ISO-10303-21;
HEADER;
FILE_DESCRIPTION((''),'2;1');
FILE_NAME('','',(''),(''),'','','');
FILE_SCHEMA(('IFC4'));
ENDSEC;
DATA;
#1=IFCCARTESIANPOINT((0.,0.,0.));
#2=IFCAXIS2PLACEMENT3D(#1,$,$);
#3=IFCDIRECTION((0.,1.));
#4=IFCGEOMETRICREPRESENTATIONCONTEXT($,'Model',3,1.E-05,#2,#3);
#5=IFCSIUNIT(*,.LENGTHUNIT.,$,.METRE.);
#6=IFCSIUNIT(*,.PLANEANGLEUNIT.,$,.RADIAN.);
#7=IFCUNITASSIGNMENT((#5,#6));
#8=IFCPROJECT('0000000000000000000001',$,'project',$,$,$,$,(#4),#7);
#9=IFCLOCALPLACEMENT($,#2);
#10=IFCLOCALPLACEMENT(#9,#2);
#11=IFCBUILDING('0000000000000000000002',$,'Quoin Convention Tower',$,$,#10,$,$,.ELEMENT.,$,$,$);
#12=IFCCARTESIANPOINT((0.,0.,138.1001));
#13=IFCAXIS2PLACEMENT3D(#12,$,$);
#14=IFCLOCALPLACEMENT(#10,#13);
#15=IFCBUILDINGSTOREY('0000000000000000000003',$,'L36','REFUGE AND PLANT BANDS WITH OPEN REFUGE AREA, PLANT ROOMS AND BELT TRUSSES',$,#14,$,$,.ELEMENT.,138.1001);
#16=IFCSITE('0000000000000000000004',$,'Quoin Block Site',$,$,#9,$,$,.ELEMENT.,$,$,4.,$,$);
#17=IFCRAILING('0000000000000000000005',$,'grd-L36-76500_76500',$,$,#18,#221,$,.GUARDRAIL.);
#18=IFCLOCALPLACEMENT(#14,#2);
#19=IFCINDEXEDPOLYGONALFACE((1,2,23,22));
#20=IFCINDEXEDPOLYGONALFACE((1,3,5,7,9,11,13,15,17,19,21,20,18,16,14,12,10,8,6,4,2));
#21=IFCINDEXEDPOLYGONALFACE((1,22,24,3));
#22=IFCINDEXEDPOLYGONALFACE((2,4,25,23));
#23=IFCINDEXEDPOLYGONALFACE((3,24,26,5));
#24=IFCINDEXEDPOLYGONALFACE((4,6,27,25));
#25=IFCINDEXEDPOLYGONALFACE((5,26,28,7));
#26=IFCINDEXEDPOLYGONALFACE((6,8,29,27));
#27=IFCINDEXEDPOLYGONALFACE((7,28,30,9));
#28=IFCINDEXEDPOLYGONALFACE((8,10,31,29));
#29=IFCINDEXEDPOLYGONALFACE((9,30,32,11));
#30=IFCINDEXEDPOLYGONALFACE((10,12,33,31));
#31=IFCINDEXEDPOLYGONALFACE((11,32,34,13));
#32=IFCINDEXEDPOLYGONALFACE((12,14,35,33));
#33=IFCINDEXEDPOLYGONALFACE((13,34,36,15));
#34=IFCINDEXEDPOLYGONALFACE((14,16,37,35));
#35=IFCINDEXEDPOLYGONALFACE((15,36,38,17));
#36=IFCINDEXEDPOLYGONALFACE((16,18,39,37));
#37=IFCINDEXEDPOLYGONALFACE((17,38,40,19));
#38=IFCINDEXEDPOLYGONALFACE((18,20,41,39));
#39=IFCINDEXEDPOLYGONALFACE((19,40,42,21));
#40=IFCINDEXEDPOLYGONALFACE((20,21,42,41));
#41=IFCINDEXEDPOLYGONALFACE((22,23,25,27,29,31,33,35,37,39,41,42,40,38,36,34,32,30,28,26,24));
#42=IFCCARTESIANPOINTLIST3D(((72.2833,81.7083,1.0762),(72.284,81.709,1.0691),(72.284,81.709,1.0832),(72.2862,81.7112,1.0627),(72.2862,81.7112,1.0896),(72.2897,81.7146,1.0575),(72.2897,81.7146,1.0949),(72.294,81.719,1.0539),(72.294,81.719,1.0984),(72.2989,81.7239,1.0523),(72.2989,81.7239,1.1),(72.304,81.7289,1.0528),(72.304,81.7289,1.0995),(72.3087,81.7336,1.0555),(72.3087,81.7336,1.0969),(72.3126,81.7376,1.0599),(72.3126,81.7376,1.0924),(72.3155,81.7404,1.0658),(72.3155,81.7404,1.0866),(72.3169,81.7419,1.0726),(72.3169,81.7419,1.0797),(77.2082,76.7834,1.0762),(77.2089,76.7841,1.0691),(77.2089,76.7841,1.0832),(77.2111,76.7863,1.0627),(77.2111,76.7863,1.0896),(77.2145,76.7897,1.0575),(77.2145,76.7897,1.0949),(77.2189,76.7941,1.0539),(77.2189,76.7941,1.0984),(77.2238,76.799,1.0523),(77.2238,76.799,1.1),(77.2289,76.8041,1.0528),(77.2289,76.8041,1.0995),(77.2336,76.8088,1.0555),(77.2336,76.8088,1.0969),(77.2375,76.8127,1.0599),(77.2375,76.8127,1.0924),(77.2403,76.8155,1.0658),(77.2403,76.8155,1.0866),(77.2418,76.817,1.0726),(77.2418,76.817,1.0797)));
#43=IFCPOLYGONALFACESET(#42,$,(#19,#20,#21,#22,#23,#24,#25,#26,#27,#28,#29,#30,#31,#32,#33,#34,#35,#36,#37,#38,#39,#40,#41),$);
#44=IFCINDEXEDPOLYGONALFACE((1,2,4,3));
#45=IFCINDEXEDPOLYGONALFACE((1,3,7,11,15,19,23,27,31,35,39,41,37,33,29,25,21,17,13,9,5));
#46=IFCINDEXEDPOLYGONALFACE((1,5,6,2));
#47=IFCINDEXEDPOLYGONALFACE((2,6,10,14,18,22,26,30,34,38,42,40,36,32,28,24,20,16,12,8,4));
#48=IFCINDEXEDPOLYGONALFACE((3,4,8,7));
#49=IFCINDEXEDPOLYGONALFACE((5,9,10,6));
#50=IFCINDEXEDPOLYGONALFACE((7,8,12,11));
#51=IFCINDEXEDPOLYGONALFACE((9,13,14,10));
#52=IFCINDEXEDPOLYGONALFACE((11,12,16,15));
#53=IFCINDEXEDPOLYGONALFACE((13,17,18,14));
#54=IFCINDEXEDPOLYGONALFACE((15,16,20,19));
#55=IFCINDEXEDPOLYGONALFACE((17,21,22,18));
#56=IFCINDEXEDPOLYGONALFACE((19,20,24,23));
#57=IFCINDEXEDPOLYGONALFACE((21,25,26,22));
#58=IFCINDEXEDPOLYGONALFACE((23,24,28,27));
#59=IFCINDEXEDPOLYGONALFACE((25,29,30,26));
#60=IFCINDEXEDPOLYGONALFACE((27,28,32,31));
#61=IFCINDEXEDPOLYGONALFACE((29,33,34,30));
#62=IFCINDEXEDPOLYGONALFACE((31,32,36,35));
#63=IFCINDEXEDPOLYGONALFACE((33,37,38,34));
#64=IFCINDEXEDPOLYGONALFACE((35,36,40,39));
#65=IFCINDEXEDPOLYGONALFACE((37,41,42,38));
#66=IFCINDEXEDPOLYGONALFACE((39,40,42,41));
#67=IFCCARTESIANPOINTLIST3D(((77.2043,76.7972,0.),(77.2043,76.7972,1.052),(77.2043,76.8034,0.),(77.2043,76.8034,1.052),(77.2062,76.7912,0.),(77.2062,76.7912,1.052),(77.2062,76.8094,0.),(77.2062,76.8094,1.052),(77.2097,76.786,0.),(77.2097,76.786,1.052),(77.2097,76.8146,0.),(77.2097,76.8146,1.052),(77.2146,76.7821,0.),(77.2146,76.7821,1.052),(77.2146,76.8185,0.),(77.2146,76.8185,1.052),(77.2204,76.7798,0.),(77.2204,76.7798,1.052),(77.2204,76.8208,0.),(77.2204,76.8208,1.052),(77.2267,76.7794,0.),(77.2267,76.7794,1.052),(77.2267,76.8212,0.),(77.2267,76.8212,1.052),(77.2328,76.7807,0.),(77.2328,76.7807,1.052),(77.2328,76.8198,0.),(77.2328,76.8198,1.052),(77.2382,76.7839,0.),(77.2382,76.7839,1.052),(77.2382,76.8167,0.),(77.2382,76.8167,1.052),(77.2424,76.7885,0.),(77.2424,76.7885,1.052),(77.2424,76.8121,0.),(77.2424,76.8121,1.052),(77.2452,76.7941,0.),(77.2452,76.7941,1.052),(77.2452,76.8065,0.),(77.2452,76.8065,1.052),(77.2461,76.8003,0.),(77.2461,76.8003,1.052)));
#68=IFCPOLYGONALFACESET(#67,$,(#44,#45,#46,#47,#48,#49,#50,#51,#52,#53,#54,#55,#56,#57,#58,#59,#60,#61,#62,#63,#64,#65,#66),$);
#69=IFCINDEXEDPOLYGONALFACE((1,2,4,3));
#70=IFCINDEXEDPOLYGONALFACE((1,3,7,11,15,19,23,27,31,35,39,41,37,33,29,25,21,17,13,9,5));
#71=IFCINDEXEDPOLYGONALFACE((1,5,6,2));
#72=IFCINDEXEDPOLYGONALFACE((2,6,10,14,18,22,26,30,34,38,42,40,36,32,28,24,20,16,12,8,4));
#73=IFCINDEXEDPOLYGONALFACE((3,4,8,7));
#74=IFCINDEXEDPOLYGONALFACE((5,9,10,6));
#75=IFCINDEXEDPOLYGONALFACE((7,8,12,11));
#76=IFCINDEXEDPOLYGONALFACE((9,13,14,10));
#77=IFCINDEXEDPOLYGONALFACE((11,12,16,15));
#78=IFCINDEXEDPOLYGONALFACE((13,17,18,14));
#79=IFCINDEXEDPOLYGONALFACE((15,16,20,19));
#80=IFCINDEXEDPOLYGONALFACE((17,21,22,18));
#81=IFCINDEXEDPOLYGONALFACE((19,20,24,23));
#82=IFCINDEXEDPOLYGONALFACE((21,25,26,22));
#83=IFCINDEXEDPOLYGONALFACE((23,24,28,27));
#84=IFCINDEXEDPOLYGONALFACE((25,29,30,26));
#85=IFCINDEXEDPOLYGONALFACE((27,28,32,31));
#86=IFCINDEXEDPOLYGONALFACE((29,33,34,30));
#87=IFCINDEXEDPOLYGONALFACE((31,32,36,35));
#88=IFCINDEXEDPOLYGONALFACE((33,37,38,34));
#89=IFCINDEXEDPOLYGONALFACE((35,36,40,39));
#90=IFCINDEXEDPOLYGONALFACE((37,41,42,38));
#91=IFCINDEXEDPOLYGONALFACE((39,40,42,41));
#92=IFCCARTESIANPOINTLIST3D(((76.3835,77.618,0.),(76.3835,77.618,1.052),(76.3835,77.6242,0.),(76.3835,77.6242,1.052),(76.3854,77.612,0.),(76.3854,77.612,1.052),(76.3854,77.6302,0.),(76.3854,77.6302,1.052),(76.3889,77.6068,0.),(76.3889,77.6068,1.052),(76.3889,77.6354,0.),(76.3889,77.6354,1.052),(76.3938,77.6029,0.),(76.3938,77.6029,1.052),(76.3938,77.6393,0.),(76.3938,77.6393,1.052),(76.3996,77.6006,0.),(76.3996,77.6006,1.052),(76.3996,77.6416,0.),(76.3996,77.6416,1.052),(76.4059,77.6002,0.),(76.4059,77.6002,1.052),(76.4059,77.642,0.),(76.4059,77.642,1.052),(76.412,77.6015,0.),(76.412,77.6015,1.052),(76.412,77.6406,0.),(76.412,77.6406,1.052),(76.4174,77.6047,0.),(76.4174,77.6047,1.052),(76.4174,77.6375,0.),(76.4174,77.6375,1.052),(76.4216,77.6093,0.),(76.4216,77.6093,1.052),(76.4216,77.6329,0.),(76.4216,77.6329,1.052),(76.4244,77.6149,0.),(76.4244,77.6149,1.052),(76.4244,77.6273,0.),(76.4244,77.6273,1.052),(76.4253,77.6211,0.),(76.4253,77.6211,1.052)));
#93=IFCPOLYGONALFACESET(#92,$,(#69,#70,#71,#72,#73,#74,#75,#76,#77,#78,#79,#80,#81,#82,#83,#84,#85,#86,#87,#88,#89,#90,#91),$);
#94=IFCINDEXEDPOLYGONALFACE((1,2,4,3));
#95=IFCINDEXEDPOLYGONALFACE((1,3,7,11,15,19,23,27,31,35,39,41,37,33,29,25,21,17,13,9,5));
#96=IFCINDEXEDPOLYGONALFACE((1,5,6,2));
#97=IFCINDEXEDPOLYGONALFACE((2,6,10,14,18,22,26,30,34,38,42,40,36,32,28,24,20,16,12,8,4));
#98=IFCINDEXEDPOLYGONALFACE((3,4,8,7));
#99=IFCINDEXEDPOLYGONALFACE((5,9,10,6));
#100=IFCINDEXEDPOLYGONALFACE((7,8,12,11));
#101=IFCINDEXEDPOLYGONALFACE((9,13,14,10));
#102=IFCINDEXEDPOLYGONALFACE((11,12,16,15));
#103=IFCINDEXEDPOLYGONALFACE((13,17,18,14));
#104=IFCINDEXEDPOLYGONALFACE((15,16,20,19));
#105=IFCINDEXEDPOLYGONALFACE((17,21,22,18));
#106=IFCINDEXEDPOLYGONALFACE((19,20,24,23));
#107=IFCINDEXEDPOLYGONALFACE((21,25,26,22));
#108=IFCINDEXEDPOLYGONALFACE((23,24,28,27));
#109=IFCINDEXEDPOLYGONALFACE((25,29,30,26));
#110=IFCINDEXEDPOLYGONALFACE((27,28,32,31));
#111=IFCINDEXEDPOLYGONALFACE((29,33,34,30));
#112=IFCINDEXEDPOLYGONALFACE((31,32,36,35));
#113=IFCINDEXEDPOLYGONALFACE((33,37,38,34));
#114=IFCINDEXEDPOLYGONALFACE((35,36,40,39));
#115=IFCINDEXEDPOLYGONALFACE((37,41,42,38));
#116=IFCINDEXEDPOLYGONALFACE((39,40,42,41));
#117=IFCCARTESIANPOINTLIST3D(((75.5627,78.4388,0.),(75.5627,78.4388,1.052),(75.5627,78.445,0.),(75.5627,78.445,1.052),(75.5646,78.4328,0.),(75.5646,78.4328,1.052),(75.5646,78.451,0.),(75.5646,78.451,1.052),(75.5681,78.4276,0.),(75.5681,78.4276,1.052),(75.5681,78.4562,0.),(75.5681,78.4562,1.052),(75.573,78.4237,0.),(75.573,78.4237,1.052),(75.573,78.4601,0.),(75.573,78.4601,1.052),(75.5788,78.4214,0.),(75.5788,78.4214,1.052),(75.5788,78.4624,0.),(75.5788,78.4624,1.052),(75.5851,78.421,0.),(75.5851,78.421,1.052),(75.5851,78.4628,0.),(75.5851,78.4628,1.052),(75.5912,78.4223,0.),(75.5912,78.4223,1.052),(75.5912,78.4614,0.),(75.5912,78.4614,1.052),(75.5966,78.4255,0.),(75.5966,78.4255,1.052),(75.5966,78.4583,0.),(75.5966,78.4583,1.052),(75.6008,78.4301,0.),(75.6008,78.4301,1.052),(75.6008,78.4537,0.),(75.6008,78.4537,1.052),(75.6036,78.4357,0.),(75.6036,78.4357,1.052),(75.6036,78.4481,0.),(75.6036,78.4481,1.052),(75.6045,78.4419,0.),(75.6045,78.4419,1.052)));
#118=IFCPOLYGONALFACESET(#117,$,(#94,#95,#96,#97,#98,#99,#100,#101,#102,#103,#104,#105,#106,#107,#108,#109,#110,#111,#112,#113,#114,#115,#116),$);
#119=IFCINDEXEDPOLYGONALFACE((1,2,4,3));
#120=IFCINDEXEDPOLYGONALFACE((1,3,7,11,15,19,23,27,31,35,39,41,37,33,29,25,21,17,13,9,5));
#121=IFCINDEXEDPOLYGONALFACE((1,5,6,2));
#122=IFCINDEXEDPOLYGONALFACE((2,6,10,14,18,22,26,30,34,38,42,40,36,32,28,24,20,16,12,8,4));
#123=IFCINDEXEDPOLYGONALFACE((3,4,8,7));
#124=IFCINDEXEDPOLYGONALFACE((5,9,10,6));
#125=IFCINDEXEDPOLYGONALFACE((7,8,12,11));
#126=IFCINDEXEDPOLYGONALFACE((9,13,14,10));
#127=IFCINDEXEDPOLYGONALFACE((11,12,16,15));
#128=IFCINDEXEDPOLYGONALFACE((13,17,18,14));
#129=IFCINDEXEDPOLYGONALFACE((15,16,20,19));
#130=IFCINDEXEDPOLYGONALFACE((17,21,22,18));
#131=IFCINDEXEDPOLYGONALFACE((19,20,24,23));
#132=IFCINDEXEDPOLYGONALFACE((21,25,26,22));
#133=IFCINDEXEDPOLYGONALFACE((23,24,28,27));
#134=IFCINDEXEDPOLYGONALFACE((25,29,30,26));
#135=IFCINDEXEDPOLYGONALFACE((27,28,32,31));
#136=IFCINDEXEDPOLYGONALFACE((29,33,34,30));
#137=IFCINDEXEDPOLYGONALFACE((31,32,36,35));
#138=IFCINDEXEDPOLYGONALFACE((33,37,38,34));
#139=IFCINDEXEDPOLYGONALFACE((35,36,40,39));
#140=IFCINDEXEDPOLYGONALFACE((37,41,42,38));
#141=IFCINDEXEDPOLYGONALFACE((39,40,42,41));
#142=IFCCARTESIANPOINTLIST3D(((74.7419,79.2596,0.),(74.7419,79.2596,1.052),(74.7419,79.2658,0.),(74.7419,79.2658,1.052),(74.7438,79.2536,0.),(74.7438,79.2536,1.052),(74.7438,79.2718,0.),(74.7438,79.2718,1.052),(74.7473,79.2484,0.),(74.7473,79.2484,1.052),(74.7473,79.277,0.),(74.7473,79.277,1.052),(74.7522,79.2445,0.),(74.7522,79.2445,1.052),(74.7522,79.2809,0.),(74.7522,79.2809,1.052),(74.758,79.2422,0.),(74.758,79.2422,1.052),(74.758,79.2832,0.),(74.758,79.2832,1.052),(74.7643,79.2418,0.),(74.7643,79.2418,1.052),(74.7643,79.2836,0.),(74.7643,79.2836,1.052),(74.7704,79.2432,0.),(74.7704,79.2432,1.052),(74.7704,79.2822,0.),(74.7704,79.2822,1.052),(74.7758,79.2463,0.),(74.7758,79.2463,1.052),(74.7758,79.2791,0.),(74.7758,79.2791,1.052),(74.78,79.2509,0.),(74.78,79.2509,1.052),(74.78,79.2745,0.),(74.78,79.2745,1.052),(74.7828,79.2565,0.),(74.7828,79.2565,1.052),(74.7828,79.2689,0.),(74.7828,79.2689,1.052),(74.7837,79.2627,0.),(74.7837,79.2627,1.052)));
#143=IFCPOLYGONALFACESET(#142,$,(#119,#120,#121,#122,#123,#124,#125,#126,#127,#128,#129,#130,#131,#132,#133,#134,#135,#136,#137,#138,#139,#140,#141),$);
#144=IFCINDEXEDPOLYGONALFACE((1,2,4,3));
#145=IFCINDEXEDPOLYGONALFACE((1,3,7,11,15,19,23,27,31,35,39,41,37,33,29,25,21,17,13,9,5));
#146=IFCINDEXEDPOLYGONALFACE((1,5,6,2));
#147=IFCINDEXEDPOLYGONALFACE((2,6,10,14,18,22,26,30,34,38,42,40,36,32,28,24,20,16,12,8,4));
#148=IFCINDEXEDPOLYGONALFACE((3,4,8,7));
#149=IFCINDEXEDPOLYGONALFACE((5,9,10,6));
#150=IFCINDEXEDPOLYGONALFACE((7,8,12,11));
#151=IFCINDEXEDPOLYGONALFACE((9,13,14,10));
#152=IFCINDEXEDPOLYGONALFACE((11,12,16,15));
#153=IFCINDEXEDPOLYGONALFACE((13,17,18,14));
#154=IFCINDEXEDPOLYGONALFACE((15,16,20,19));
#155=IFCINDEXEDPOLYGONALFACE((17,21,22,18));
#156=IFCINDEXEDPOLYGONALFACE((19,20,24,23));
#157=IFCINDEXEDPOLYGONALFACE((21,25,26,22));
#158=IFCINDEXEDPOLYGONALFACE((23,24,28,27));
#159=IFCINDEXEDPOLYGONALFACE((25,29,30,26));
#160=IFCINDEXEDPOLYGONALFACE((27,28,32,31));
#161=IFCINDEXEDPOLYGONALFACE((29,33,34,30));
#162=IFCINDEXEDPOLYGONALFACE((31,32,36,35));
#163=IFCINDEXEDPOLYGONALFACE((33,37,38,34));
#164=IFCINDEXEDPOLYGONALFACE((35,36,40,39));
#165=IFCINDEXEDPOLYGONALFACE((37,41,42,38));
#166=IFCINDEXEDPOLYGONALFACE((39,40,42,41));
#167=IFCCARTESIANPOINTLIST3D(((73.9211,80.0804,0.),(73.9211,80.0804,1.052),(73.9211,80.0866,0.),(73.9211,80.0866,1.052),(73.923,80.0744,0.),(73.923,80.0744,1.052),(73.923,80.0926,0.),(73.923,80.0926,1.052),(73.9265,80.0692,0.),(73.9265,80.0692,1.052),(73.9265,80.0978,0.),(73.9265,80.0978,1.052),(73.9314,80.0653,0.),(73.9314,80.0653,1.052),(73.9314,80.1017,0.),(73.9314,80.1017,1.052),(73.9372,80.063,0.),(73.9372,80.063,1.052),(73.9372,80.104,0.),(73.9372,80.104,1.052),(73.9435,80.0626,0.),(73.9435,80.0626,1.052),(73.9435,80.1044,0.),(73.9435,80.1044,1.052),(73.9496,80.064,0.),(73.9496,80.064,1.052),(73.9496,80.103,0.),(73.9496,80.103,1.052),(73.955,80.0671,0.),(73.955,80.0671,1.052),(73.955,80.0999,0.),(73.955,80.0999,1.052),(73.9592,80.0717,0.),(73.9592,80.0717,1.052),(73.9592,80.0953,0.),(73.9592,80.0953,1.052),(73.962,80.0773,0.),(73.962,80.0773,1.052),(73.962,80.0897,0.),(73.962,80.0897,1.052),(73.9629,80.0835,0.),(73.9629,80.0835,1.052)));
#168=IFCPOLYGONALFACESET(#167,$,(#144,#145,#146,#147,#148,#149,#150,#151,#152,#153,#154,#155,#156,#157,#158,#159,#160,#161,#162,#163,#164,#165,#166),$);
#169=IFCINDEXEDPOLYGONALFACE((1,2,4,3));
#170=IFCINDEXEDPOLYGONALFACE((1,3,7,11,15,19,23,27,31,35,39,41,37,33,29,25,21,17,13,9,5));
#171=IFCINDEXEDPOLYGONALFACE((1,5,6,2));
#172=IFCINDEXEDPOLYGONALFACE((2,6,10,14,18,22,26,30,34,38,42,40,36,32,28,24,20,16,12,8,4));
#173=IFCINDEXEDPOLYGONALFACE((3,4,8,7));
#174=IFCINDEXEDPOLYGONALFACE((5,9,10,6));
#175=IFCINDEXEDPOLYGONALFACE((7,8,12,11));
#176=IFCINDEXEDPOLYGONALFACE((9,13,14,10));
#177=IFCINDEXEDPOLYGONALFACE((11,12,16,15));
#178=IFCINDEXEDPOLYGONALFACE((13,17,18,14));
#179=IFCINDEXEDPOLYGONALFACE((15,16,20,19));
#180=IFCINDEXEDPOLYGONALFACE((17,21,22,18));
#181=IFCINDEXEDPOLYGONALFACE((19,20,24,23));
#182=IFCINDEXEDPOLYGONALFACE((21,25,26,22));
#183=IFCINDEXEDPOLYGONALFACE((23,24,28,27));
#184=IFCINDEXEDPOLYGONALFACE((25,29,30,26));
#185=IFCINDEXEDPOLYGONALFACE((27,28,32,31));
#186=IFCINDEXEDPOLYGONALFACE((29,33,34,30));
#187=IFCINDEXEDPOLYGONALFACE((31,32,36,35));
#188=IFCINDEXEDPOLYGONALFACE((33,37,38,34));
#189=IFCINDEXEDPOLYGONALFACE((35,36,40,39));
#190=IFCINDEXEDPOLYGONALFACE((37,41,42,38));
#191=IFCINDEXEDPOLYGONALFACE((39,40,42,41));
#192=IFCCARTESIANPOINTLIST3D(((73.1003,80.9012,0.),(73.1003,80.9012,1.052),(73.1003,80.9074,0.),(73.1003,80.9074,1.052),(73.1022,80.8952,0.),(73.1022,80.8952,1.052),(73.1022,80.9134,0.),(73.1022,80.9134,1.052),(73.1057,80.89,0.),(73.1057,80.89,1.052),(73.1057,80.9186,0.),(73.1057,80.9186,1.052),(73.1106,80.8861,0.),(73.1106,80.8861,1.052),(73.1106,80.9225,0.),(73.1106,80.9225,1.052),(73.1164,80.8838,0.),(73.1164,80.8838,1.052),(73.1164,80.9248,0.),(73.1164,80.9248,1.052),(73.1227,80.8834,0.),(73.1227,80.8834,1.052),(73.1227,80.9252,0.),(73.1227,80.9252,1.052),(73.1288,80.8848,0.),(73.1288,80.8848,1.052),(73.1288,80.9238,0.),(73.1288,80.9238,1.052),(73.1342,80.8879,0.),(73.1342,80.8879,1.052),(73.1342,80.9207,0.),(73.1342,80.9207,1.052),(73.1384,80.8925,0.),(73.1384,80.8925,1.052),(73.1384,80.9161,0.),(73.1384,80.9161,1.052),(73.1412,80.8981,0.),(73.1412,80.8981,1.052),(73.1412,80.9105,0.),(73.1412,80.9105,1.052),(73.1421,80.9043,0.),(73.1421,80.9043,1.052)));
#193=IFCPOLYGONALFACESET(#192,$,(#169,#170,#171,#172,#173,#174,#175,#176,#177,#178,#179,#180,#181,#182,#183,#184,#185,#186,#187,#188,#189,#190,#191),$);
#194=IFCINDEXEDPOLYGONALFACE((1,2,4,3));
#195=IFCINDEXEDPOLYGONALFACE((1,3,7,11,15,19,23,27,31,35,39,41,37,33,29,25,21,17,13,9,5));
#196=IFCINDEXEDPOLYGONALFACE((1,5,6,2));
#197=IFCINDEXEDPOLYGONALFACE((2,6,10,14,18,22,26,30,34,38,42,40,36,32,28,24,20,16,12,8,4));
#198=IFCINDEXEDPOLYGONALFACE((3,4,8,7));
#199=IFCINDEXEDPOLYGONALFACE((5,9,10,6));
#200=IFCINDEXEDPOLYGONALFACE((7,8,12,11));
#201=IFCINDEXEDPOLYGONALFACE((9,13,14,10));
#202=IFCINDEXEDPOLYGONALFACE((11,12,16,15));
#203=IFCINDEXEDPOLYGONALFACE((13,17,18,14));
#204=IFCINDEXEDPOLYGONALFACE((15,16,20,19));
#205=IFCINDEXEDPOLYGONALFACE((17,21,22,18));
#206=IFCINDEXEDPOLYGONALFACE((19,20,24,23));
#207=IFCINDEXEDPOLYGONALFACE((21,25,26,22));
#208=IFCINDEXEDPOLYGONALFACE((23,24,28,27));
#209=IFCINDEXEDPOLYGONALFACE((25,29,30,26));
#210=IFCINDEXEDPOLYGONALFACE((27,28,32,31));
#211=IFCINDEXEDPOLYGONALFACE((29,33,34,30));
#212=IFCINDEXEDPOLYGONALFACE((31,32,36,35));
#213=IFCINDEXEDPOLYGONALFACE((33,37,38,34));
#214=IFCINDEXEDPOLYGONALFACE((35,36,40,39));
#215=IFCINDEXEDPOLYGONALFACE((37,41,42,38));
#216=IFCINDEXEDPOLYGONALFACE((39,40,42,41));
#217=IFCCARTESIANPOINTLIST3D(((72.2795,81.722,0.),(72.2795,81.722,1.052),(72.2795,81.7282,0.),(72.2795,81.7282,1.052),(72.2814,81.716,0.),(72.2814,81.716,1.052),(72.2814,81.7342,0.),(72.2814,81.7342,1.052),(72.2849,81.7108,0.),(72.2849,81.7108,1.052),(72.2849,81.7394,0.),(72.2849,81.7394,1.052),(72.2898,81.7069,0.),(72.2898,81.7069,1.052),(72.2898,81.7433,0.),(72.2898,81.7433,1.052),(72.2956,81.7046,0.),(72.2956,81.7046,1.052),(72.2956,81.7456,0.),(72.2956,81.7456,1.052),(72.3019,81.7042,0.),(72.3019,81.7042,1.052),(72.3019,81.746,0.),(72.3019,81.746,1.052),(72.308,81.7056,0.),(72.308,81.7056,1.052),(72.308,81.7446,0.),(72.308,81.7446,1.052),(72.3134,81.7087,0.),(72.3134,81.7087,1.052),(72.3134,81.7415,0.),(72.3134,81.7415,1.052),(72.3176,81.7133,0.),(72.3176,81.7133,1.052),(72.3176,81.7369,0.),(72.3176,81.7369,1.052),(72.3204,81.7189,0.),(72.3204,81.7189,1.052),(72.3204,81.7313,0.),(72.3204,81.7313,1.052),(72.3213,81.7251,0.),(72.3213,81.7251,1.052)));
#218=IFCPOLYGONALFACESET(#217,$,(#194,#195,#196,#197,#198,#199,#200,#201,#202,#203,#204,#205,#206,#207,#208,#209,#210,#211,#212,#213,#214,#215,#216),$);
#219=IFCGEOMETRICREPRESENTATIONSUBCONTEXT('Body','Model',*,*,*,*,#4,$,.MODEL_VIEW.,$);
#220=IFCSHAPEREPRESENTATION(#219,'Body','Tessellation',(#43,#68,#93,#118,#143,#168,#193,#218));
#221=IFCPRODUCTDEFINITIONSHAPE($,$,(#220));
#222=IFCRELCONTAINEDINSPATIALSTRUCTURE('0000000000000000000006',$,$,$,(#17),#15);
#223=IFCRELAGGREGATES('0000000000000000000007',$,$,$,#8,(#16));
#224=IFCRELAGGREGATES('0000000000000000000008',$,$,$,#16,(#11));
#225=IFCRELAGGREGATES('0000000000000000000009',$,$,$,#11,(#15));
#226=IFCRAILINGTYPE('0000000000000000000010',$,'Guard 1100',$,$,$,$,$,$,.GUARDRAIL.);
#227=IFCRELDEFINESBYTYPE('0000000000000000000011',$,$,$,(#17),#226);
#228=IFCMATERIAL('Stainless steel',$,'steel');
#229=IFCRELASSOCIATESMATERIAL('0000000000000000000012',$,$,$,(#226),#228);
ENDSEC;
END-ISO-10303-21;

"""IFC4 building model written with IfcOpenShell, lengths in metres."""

from ifc_helpers import new_model, si_unit, direction, frame, origin, origin_2d, place, context, subcontext, project, spatial, circle, extrude, material, type_object, element, save


model = new_model("IFC4")

# Units and contexts
model_context = context("Model", 3, precision=1e-05, world=origin(), true_north=direction((0.0, 1.0)))
body_context = subcontext(model_context, "Body", "Model", "MODEL_VIEW")
ifc_project = project(units=[si_unit("LENGTHUNIT", "METRE"), si_unit("PLANEANGLEUNIT", "RADIAN")], contexts=[model_context])

# Site, building, storey
site_placement = place(None, origin())
site = spatial("IfcSite", under=ifc_project, at=site_placement, Name="Quoin Block Site", CompositionType="ELEMENT", RefElevation=4.0)
building_placement = place(site_placement, origin())
building = spatial("IfcBuilding", under=site, at=building_placement, Name="Quoin Convention Tower", CompositionType="ELEMENT")
storey_placement = place(building_placement, frame((0.0, 0.0, 138.1001)))
storey = spatial("IfcBuildingStorey", under=building, at=storey_placement, Name="L36", Description="REFUGE AND PLANT BANDS WITH OPEN REFUGE AREA, PLANT ROOMS AND BELT TRUSSES", CompositionType="ELEMENT", Elevation=138.1001)

# Railing
ifc_material_1 = material(Name="Stainless steel", Category="steel")
railing_type = type_object("IfcRailingType", Name="Guard 1100", PredefinedType="GUARDRAIL", material=ifc_material_1)
railing_1_placement = place(storey_placement, frame((77.2251, 76.8003, 0.0)))
element("IfcRailing", 1, at=railing_1_placement, inside=storey, type_object=railing_type, Name="grd-L36-76500_76500", PredefinedType="GUARDRAIL", context=body_context, shape_type="SweptSolid", body=[
    extrude(circle(Radius=0.0239, at=origin_2d()), frame((0.0, 0.0, 1.0762), z_axis=(-0.707107, 0.707107, 0.0), x_axis=(-0.707107, -0.707107, 0.0)), (0.0, 0.0, 1.0), 6.9648),
    extrude(circle(Radius=0.021, at=origin_2d()), origin(), (0.0, 0.0, 1.0), 1.052),
    extrude(circle(Radius=0.021, at=origin_2d()), frame((-0.8208, 0.8208, 0.0)), (0.0, 0.0, 1.0), 1.052),
    extrude(circle(Radius=0.021, at=origin_2d()), frame((-1.6416, 1.6416, 0.0)), (0.0, 0.0, 1.0), 1.052),
    extrude(circle(Radius=0.021, at=origin_2d()), frame((-2.4624, 2.4624, 0.0)), (0.0, 0.0, 1.0), 1.052),
    extrude(circle(Radius=0.021, at=origin_2d()), frame((-3.2832, 3.2832, 0.0)), (0.0, 0.0, 1.0), 1.052),
    extrude(circle(Radius=0.021, at=origin_2d()), frame((-4.104, 4.104, 0.0)), (0.0, 0.0, 1.0), 1.052),
    extrude(circle(Radius=0.021, at=origin_2d()), frame((-4.9248, 4.9248, 0.0)), (0.0, 0.0, 1.0), 1.052),
])

save(model, "model.ifc")
